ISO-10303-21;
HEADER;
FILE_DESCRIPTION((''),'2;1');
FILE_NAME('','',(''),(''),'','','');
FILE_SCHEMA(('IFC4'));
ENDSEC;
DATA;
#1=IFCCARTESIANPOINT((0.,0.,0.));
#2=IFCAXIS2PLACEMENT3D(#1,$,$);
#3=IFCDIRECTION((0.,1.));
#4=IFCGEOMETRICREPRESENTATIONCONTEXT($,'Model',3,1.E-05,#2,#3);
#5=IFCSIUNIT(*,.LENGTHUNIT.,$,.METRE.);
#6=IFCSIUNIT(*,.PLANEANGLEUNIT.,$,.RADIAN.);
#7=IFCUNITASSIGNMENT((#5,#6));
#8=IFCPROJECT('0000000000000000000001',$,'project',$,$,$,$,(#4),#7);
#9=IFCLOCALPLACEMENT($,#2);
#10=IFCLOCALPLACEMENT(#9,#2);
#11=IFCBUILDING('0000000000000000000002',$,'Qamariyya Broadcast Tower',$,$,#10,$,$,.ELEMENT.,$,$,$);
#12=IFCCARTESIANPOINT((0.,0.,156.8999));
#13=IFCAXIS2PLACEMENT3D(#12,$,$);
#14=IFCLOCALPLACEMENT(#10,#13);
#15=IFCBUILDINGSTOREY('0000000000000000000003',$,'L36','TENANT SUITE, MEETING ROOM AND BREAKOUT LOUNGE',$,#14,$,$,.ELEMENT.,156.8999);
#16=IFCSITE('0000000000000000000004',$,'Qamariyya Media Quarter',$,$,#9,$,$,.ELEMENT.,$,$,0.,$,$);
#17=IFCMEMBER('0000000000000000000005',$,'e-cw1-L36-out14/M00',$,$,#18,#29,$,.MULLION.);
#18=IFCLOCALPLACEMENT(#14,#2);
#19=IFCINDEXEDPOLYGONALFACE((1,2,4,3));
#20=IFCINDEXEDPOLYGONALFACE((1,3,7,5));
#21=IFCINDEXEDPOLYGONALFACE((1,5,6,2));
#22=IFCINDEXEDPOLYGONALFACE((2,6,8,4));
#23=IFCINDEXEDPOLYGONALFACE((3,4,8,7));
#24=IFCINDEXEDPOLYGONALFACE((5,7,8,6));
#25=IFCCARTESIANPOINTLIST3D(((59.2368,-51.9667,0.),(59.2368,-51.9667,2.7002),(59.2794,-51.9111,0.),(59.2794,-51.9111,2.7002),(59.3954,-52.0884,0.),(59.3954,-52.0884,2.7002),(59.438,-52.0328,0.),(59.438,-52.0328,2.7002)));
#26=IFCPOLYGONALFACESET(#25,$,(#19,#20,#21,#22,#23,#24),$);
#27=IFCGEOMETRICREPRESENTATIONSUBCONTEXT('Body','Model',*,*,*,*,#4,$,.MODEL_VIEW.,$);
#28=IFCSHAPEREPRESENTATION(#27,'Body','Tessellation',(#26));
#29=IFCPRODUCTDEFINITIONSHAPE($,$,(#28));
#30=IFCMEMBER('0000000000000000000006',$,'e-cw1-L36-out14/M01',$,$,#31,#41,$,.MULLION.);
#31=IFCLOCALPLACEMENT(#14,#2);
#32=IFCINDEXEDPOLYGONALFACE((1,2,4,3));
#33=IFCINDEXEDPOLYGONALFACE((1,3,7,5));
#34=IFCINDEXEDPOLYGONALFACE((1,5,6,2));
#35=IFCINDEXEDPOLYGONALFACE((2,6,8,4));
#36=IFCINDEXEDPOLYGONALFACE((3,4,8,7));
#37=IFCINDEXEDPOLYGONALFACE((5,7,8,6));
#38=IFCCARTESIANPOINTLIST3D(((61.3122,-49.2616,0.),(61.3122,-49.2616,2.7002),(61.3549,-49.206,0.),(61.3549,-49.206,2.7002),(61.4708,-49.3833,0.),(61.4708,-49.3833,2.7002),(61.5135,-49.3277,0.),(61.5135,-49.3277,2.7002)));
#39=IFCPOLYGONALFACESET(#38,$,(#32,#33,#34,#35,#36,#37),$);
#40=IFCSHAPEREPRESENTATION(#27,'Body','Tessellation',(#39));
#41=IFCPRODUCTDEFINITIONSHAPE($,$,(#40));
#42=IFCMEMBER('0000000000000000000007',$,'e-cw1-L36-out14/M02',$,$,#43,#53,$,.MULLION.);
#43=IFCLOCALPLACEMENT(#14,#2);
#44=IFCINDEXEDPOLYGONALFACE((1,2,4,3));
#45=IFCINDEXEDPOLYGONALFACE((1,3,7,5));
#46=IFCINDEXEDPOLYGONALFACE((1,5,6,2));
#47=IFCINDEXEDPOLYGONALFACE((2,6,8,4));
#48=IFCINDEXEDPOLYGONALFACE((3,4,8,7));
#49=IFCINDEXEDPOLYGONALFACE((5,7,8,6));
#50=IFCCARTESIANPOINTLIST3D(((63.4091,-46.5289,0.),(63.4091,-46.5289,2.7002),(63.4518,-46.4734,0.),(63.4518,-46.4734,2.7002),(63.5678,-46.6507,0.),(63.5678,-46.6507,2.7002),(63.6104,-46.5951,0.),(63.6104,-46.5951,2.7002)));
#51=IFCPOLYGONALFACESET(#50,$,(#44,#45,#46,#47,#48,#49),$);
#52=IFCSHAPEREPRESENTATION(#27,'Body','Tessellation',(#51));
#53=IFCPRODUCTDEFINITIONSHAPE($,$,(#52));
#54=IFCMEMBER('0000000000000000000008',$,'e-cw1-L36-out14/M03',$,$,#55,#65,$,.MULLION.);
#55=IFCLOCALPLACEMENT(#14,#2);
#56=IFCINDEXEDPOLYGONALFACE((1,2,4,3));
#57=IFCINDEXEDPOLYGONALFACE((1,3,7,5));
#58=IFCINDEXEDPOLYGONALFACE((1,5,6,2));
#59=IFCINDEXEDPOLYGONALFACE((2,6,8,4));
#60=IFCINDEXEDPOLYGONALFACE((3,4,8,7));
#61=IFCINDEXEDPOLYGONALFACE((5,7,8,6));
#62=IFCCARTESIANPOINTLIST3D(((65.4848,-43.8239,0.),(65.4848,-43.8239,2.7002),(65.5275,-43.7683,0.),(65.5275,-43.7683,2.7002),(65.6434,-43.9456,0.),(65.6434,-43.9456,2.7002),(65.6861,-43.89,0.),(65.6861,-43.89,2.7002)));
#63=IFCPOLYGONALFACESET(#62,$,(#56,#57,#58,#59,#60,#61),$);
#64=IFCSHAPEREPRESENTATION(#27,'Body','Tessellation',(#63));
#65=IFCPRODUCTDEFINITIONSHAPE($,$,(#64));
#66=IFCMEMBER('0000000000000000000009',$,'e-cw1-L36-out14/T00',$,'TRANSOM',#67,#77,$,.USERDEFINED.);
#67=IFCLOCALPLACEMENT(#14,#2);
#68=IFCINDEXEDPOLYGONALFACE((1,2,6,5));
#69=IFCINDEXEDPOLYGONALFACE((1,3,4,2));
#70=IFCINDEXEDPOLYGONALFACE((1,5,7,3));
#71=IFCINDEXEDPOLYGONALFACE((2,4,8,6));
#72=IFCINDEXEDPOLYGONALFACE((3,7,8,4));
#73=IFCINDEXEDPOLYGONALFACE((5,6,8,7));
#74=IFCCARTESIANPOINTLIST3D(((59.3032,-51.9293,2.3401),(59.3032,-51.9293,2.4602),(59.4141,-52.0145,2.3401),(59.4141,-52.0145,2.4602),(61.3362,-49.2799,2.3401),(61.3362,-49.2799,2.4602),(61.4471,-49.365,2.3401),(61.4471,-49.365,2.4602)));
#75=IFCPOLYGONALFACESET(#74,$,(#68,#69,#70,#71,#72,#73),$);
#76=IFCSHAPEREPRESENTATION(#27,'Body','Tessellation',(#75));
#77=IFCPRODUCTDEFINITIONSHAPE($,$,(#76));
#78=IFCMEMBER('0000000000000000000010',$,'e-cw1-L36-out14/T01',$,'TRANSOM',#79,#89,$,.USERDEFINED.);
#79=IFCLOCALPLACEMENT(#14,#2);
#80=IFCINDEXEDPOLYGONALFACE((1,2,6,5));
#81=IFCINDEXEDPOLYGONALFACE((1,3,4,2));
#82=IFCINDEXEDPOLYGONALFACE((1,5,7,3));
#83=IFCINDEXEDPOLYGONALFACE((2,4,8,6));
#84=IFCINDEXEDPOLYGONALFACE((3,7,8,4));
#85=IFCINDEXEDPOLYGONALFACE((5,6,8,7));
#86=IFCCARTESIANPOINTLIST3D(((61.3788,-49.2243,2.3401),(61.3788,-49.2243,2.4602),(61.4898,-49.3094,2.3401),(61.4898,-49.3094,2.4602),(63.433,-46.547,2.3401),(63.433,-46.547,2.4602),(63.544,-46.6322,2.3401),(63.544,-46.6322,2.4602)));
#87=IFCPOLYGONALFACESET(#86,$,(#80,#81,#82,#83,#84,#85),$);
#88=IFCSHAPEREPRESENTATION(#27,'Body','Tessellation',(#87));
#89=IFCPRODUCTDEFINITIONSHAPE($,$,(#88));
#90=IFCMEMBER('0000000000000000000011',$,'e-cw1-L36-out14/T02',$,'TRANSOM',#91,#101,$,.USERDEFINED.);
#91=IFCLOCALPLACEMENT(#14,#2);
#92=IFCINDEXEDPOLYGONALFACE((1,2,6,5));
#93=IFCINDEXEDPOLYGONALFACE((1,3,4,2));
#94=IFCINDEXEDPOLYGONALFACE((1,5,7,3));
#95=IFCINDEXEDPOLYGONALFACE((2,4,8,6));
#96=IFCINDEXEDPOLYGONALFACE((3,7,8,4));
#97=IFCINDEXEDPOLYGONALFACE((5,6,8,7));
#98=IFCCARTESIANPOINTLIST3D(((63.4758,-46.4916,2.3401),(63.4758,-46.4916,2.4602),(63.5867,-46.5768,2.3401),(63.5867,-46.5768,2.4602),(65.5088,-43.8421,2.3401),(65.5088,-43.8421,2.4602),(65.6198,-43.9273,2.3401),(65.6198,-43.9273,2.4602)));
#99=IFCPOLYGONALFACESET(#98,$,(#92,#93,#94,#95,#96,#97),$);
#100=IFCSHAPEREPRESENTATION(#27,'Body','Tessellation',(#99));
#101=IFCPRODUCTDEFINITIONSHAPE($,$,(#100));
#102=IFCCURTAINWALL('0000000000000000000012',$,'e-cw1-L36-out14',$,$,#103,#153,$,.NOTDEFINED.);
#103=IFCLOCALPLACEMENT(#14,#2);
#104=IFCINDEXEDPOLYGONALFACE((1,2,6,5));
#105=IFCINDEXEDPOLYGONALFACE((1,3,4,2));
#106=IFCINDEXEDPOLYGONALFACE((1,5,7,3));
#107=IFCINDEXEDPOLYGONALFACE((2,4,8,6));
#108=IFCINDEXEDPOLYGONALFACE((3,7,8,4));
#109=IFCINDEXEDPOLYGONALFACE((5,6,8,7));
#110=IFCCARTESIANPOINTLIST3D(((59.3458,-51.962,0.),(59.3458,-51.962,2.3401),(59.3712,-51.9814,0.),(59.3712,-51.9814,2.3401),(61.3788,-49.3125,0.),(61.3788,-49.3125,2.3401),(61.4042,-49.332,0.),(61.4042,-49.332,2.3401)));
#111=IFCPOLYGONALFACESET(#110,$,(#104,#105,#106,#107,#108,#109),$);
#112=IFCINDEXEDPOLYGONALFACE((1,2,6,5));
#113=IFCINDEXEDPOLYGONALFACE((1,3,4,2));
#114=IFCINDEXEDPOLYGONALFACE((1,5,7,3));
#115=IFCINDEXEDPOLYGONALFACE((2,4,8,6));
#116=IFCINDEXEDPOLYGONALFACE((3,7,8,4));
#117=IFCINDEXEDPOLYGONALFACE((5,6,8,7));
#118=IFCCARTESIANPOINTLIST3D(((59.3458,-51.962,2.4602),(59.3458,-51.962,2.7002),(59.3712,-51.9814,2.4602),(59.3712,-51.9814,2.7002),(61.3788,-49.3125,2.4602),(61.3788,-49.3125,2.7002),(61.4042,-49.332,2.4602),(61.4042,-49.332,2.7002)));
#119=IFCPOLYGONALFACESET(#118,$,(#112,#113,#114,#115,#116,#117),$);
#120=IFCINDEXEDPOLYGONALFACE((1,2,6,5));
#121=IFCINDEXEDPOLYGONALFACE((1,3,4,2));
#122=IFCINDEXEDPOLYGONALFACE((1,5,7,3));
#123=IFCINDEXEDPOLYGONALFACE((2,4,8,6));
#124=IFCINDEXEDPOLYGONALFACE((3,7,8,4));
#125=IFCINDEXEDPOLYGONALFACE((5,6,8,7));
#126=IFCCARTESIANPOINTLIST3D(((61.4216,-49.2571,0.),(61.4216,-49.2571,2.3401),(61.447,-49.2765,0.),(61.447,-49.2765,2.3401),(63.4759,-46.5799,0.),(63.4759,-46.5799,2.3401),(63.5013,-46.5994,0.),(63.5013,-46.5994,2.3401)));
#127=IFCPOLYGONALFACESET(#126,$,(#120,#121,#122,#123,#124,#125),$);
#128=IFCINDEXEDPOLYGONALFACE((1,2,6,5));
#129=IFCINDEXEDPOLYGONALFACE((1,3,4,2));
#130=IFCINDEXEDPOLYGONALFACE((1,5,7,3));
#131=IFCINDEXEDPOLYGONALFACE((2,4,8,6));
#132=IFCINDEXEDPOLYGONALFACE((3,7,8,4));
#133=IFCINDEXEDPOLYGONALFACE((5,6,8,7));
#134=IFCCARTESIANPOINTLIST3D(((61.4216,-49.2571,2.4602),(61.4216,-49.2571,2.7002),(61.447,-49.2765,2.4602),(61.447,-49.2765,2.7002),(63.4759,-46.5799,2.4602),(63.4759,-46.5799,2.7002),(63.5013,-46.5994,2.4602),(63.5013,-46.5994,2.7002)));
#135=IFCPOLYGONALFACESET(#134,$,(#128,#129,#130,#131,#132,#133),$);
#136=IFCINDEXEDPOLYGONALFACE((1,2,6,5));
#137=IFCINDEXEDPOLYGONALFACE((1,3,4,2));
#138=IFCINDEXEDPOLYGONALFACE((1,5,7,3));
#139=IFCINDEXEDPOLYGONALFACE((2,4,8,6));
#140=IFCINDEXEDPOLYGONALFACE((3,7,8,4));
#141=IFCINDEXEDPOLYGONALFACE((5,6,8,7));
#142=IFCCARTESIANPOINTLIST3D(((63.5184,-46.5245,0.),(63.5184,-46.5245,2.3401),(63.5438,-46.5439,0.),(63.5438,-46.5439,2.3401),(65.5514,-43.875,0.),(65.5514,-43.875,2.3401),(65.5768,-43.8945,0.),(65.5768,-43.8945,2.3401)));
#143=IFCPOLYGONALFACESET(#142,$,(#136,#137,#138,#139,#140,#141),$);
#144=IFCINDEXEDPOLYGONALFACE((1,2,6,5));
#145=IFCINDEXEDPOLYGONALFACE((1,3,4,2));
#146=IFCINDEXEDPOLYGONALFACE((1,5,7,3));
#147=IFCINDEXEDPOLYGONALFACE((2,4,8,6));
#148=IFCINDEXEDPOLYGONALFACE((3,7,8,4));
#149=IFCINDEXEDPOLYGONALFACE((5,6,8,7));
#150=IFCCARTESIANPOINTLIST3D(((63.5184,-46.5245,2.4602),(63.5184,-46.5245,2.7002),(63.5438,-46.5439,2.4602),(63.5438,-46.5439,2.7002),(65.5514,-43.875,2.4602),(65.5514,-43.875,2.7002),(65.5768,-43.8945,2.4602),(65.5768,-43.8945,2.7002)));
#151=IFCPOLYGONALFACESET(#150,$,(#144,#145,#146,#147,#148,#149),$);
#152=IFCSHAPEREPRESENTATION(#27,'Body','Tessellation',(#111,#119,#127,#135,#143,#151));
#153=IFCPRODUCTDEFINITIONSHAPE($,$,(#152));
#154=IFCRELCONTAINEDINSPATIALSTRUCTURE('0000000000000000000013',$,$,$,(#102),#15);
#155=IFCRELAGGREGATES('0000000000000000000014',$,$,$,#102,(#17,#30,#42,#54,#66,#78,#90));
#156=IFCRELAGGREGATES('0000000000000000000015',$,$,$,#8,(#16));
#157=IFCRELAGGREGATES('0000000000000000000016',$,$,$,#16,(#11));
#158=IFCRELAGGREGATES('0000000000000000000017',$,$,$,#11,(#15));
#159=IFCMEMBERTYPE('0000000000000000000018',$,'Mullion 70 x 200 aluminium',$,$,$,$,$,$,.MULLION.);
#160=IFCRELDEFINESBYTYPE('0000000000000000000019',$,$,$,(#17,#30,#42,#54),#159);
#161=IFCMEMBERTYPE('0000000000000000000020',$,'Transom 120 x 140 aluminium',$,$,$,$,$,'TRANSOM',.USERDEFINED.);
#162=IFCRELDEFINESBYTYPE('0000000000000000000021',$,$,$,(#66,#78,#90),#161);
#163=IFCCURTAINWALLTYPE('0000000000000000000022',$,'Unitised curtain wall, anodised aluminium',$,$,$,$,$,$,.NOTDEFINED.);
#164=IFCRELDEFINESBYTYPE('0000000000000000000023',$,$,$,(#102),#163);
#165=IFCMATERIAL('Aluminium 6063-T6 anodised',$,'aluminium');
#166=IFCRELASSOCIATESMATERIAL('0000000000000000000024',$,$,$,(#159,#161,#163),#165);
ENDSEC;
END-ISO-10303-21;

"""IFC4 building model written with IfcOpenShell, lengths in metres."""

from ifc_helpers import new_model, si_unit, direction, frame, origin, origin_2d, place, context, subcontext, project, spatial, rectangle, extrude, material, material_profile, profile_set, type_object, element, aggregate, save


model = new_model("IFC4")

# Units and contexts
model_context = context("Model", 3, precision=1e-05, world=origin(), true_north=direction((0.0, 1.0)))
body_context = subcontext(model_context, "Body", "Model", "MODEL_VIEW")
ifc_project = project(units=[si_unit("LENGTHUNIT", "METRE"), si_unit("PLANEANGLEUNIT", "RADIAN")], contexts=[model_context])

# Members
ifc_material = material(Name="Aluminium 6063-T6 anodised", Category="aluminium")
ifc_material_profile_1 = material_profile(ifc_material, rectangle(XDim=0.2, YDim=0.0701, at=origin_2d()))
ifc_profile_set_1 = profile_set([ifc_material_profile_1], Name="Aluminium 6063-T6 anodised")
member_type_1 = type_object("IfcMemberType", Name="Mullion 70 x 200 aluminium", PredefinedType="MULLION", material=ifc_profile_set_1)
site_placement = place(None, origin())
building_placement = place(site_placement, origin())
storey_placement = place(building_placement, frame((0.0, 0.0, 156.8999)))
member_1_placement = place(storey_placement, frame((59.3374, -51.9998, 0.0), z_axis=(0.0, 0.0, 1.0), x_axis=(-0.793353, 0.608761, 0.0)))
member_1 = element("IfcMember", 1, at=member_1_placement, type_object=member_type_1, Name="e-cw1-L36-out14/M00", PredefinedType="MULLION", context=body_context, shape_type="SweptSolid", body=[
    extrude(rectangle(XDim=0.2, YDim=0.0701, at=origin_2d()), origin(), (0.0, 0.0, 1.0), 2.7002),
])
member_2_placement = place(storey_placement, frame((61.4128, -49.2947, 0.0), z_axis=(0.0, 0.0, 1.0), x_axis=(-0.793353, 0.608761, 0.0)))
member_2 = element("IfcMember", 2, at=member_2_placement, type_object=member_type_1, Name="e-cw1-L36-out14/M01", PredefinedType="MULLION", context=body_context, shape_type="SweptSolid", body=[
    extrude(rectangle(XDim=0.2, YDim=0.0701, at=origin_2d()), origin(), (0.0, 0.0, 1.0), 2.7002),
])
member_3_placement = place(storey_placement, frame((63.5098, -46.562, 0.0), z_axis=(0.0, 0.0, 1.0), x_axis=(-0.793353, 0.608761, 0.0)))
member_3 = element("IfcMember", 3, at=member_3_placement, type_object=member_type_1, Name="e-cw1-L36-out14/M02", PredefinedType="MULLION", context=body_context, shape_type="SweptSolid", body=[
    extrude(rectangle(XDim=0.2, YDim=0.0701, at=origin_2d()), origin(), (0.0, 0.0, 1.0), 2.7002),
])
member_4_placement = place(storey_placement, frame((65.5854, -43.8569, 0.0), z_axis=(0.0, 0.0, 1.0), x_axis=(-0.793353, 0.608761, 0.0)))
member_4 = element("IfcMember", 4, at=member_4_placement, type_object=member_type_1, Name="e-cw1-L36-out14/M03", PredefinedType="MULLION", context=body_context, shape_type="SweptSolid", body=[
    extrude(rectangle(XDim=0.2, YDim=0.0701, at=origin_2d()), origin(), (0.0, 0.0, 1.0), 2.7002),
])
ifc_material_profile_2 = material_profile(ifc_material, rectangle(XDim=0.1399, YDim=0.1201, at=origin_2d()))
ifc_profile_set_2 = profile_set([ifc_material_profile_2], Name="Aluminium 6063-T6 anodised")
member_type_2 = type_object("IfcMemberType", Name="Transom 120 x 140 aluminium", ElementType="TRANSOM", PredefinedType="USERDEFINED", material=ifc_profile_set_2)
member_5_placement = place(storey_placement, frame((59.3586, -51.9719, 2.4001), z_axis=(0.60876, 0.793354, 0.0), x_axis=(-0.793354, 0.60876, 0.0)))
member_5 = element("IfcMember", 5, at=member_5_placement, type_object=member_type_2, Name="e-cw1-L36-out14/T00", ObjectType="TRANSOM", PredefinedType="USERDEFINED", context=body_context, shape_type="SweptSolid", body=[
    extrude(rectangle(XDim=0.1399, YDim=0.1201, at=origin_2d()), origin(), (0.0, 0.0, 1.0), 3.3396),
])
member_6_placement = place(storey_placement, frame((61.4343, -49.2668, 2.4001), z_axis=(0.608738, 0.793371, 0.0), x_axis=(-0.793371, 0.608738, 0.0)))
member_6 = element("IfcMember", 6, at=member_6_placement, type_object=member_type_2, Name="e-cw1-L36-out14/T01", ObjectType="TRANSOM", PredefinedType="USERDEFINED", context=body_context, shape_type="SweptSolid", body=[
    extrude(rectangle(XDim=0.1399, YDim=0.1201, at=origin_2d()), origin(), (0.0, 0.0, 1.0), 3.3745),
])
member_7_placement = place(storey_placement, frame((63.5312, -46.5342, 2.4001), z_axis=(0.60876, 0.793354, 0.0), x_axis=(-0.793354, 0.60876, 0.0)))
member_7 = element("IfcMember", 7, at=member_7_placement, type_object=member_type_2, Name="e-cw1-L36-out14/T02", ObjectType="TRANSOM", PredefinedType="USERDEFINED", context=body_context, shape_type="SweptSolid", body=[
    extrude(rectangle(XDim=0.1399, YDim=0.1201, at=origin_2d()), origin(), (0.0, 0.0, 1.0), 3.3396),
])

# Site, building, storey
site = spatial("IfcSite", under=ifc_project, at=site_placement, Name="Qamariyya Media Quarter", CompositionType="ELEMENT", RefElevation=0.0)
building = spatial("IfcBuilding", under=site, at=building_placement, Name="Qamariyya Broadcast Tower", CompositionType="ELEMENT")
storey = spatial("IfcBuildingStorey", under=building, at=storey_placement, Name="L36", Description="TENANT SUITE, MEETING ROOM AND BREAKOUT LOUNGE", CompositionType="ELEMENT", Elevation=156.8999)

# Curtain wall
curtain_wall_type = type_object("IfcCurtainWallType", Name="Unitised curtain wall, anodised aluminium", PredefinedType="NOTDEFINED", material=ifc_material)
curtain_wall_1_placement = place(storey_placement, origin())
curtain_wall_1 = element("IfcCurtainWall", 8, at=curtain_wall_1_placement, inside=storey, type_object=curtain_wall_type, Name="e-cw1-L36-out14", PredefinedType="NOTDEFINED", context=body_context, shape_type="SweptSolid", body=[
    extrude(rectangle(XDim=3.3396, YDim=0.032, at=origin_2d()), frame((60.375, -50.647, 0.0), x_axis=(0.608764, 0.793352, 0.0)), (0.0, 0.0, 1.0), 2.3401),
    extrude(rectangle(XDim=3.3396, YDim=0.032, at=origin_2d()), frame((60.375, -50.647, 2.4602), x_axis=(0.608764, 0.793352, 0.0)), (0.0, 0.0, 1.0), 0.24),
    extrude(rectangle(XDim=3.3745, YDim=0.032, at=origin_2d()), frame((62.4614, -47.9282, 0.0), x_axis=(0.608764, 0.793352, 0.0)), (0.0, 0.0, 1.0), 2.3401),
    extrude(rectangle(XDim=3.3745, YDim=0.032, at=origin_2d()), frame((62.4614, -47.9282, 2.4602), x_axis=(0.608764, 0.793352, 0.0)), (0.0, 0.0, 1.0), 0.24),
    extrude(rectangle(XDim=3.3396, YDim=0.032, at=origin_2d()), frame((64.5476, -45.2095, 0.0), x_axis=(0.608764, 0.793352, 0.0)), (0.0, 0.0, 1.0), 2.3401),
    extrude(rectangle(XDim=3.3396, YDim=0.032, at=origin_2d()), frame((64.5476, -45.2095, 2.4602), x_axis=(0.608764, 0.793352, 0.0)), (0.0, 0.0, 1.0), 0.24),
])
aggregate(curtain_wall_1, [member_1, member_2, member_3, member_4, member_5, member_6, member_7])

save(model, "model.ifc")
